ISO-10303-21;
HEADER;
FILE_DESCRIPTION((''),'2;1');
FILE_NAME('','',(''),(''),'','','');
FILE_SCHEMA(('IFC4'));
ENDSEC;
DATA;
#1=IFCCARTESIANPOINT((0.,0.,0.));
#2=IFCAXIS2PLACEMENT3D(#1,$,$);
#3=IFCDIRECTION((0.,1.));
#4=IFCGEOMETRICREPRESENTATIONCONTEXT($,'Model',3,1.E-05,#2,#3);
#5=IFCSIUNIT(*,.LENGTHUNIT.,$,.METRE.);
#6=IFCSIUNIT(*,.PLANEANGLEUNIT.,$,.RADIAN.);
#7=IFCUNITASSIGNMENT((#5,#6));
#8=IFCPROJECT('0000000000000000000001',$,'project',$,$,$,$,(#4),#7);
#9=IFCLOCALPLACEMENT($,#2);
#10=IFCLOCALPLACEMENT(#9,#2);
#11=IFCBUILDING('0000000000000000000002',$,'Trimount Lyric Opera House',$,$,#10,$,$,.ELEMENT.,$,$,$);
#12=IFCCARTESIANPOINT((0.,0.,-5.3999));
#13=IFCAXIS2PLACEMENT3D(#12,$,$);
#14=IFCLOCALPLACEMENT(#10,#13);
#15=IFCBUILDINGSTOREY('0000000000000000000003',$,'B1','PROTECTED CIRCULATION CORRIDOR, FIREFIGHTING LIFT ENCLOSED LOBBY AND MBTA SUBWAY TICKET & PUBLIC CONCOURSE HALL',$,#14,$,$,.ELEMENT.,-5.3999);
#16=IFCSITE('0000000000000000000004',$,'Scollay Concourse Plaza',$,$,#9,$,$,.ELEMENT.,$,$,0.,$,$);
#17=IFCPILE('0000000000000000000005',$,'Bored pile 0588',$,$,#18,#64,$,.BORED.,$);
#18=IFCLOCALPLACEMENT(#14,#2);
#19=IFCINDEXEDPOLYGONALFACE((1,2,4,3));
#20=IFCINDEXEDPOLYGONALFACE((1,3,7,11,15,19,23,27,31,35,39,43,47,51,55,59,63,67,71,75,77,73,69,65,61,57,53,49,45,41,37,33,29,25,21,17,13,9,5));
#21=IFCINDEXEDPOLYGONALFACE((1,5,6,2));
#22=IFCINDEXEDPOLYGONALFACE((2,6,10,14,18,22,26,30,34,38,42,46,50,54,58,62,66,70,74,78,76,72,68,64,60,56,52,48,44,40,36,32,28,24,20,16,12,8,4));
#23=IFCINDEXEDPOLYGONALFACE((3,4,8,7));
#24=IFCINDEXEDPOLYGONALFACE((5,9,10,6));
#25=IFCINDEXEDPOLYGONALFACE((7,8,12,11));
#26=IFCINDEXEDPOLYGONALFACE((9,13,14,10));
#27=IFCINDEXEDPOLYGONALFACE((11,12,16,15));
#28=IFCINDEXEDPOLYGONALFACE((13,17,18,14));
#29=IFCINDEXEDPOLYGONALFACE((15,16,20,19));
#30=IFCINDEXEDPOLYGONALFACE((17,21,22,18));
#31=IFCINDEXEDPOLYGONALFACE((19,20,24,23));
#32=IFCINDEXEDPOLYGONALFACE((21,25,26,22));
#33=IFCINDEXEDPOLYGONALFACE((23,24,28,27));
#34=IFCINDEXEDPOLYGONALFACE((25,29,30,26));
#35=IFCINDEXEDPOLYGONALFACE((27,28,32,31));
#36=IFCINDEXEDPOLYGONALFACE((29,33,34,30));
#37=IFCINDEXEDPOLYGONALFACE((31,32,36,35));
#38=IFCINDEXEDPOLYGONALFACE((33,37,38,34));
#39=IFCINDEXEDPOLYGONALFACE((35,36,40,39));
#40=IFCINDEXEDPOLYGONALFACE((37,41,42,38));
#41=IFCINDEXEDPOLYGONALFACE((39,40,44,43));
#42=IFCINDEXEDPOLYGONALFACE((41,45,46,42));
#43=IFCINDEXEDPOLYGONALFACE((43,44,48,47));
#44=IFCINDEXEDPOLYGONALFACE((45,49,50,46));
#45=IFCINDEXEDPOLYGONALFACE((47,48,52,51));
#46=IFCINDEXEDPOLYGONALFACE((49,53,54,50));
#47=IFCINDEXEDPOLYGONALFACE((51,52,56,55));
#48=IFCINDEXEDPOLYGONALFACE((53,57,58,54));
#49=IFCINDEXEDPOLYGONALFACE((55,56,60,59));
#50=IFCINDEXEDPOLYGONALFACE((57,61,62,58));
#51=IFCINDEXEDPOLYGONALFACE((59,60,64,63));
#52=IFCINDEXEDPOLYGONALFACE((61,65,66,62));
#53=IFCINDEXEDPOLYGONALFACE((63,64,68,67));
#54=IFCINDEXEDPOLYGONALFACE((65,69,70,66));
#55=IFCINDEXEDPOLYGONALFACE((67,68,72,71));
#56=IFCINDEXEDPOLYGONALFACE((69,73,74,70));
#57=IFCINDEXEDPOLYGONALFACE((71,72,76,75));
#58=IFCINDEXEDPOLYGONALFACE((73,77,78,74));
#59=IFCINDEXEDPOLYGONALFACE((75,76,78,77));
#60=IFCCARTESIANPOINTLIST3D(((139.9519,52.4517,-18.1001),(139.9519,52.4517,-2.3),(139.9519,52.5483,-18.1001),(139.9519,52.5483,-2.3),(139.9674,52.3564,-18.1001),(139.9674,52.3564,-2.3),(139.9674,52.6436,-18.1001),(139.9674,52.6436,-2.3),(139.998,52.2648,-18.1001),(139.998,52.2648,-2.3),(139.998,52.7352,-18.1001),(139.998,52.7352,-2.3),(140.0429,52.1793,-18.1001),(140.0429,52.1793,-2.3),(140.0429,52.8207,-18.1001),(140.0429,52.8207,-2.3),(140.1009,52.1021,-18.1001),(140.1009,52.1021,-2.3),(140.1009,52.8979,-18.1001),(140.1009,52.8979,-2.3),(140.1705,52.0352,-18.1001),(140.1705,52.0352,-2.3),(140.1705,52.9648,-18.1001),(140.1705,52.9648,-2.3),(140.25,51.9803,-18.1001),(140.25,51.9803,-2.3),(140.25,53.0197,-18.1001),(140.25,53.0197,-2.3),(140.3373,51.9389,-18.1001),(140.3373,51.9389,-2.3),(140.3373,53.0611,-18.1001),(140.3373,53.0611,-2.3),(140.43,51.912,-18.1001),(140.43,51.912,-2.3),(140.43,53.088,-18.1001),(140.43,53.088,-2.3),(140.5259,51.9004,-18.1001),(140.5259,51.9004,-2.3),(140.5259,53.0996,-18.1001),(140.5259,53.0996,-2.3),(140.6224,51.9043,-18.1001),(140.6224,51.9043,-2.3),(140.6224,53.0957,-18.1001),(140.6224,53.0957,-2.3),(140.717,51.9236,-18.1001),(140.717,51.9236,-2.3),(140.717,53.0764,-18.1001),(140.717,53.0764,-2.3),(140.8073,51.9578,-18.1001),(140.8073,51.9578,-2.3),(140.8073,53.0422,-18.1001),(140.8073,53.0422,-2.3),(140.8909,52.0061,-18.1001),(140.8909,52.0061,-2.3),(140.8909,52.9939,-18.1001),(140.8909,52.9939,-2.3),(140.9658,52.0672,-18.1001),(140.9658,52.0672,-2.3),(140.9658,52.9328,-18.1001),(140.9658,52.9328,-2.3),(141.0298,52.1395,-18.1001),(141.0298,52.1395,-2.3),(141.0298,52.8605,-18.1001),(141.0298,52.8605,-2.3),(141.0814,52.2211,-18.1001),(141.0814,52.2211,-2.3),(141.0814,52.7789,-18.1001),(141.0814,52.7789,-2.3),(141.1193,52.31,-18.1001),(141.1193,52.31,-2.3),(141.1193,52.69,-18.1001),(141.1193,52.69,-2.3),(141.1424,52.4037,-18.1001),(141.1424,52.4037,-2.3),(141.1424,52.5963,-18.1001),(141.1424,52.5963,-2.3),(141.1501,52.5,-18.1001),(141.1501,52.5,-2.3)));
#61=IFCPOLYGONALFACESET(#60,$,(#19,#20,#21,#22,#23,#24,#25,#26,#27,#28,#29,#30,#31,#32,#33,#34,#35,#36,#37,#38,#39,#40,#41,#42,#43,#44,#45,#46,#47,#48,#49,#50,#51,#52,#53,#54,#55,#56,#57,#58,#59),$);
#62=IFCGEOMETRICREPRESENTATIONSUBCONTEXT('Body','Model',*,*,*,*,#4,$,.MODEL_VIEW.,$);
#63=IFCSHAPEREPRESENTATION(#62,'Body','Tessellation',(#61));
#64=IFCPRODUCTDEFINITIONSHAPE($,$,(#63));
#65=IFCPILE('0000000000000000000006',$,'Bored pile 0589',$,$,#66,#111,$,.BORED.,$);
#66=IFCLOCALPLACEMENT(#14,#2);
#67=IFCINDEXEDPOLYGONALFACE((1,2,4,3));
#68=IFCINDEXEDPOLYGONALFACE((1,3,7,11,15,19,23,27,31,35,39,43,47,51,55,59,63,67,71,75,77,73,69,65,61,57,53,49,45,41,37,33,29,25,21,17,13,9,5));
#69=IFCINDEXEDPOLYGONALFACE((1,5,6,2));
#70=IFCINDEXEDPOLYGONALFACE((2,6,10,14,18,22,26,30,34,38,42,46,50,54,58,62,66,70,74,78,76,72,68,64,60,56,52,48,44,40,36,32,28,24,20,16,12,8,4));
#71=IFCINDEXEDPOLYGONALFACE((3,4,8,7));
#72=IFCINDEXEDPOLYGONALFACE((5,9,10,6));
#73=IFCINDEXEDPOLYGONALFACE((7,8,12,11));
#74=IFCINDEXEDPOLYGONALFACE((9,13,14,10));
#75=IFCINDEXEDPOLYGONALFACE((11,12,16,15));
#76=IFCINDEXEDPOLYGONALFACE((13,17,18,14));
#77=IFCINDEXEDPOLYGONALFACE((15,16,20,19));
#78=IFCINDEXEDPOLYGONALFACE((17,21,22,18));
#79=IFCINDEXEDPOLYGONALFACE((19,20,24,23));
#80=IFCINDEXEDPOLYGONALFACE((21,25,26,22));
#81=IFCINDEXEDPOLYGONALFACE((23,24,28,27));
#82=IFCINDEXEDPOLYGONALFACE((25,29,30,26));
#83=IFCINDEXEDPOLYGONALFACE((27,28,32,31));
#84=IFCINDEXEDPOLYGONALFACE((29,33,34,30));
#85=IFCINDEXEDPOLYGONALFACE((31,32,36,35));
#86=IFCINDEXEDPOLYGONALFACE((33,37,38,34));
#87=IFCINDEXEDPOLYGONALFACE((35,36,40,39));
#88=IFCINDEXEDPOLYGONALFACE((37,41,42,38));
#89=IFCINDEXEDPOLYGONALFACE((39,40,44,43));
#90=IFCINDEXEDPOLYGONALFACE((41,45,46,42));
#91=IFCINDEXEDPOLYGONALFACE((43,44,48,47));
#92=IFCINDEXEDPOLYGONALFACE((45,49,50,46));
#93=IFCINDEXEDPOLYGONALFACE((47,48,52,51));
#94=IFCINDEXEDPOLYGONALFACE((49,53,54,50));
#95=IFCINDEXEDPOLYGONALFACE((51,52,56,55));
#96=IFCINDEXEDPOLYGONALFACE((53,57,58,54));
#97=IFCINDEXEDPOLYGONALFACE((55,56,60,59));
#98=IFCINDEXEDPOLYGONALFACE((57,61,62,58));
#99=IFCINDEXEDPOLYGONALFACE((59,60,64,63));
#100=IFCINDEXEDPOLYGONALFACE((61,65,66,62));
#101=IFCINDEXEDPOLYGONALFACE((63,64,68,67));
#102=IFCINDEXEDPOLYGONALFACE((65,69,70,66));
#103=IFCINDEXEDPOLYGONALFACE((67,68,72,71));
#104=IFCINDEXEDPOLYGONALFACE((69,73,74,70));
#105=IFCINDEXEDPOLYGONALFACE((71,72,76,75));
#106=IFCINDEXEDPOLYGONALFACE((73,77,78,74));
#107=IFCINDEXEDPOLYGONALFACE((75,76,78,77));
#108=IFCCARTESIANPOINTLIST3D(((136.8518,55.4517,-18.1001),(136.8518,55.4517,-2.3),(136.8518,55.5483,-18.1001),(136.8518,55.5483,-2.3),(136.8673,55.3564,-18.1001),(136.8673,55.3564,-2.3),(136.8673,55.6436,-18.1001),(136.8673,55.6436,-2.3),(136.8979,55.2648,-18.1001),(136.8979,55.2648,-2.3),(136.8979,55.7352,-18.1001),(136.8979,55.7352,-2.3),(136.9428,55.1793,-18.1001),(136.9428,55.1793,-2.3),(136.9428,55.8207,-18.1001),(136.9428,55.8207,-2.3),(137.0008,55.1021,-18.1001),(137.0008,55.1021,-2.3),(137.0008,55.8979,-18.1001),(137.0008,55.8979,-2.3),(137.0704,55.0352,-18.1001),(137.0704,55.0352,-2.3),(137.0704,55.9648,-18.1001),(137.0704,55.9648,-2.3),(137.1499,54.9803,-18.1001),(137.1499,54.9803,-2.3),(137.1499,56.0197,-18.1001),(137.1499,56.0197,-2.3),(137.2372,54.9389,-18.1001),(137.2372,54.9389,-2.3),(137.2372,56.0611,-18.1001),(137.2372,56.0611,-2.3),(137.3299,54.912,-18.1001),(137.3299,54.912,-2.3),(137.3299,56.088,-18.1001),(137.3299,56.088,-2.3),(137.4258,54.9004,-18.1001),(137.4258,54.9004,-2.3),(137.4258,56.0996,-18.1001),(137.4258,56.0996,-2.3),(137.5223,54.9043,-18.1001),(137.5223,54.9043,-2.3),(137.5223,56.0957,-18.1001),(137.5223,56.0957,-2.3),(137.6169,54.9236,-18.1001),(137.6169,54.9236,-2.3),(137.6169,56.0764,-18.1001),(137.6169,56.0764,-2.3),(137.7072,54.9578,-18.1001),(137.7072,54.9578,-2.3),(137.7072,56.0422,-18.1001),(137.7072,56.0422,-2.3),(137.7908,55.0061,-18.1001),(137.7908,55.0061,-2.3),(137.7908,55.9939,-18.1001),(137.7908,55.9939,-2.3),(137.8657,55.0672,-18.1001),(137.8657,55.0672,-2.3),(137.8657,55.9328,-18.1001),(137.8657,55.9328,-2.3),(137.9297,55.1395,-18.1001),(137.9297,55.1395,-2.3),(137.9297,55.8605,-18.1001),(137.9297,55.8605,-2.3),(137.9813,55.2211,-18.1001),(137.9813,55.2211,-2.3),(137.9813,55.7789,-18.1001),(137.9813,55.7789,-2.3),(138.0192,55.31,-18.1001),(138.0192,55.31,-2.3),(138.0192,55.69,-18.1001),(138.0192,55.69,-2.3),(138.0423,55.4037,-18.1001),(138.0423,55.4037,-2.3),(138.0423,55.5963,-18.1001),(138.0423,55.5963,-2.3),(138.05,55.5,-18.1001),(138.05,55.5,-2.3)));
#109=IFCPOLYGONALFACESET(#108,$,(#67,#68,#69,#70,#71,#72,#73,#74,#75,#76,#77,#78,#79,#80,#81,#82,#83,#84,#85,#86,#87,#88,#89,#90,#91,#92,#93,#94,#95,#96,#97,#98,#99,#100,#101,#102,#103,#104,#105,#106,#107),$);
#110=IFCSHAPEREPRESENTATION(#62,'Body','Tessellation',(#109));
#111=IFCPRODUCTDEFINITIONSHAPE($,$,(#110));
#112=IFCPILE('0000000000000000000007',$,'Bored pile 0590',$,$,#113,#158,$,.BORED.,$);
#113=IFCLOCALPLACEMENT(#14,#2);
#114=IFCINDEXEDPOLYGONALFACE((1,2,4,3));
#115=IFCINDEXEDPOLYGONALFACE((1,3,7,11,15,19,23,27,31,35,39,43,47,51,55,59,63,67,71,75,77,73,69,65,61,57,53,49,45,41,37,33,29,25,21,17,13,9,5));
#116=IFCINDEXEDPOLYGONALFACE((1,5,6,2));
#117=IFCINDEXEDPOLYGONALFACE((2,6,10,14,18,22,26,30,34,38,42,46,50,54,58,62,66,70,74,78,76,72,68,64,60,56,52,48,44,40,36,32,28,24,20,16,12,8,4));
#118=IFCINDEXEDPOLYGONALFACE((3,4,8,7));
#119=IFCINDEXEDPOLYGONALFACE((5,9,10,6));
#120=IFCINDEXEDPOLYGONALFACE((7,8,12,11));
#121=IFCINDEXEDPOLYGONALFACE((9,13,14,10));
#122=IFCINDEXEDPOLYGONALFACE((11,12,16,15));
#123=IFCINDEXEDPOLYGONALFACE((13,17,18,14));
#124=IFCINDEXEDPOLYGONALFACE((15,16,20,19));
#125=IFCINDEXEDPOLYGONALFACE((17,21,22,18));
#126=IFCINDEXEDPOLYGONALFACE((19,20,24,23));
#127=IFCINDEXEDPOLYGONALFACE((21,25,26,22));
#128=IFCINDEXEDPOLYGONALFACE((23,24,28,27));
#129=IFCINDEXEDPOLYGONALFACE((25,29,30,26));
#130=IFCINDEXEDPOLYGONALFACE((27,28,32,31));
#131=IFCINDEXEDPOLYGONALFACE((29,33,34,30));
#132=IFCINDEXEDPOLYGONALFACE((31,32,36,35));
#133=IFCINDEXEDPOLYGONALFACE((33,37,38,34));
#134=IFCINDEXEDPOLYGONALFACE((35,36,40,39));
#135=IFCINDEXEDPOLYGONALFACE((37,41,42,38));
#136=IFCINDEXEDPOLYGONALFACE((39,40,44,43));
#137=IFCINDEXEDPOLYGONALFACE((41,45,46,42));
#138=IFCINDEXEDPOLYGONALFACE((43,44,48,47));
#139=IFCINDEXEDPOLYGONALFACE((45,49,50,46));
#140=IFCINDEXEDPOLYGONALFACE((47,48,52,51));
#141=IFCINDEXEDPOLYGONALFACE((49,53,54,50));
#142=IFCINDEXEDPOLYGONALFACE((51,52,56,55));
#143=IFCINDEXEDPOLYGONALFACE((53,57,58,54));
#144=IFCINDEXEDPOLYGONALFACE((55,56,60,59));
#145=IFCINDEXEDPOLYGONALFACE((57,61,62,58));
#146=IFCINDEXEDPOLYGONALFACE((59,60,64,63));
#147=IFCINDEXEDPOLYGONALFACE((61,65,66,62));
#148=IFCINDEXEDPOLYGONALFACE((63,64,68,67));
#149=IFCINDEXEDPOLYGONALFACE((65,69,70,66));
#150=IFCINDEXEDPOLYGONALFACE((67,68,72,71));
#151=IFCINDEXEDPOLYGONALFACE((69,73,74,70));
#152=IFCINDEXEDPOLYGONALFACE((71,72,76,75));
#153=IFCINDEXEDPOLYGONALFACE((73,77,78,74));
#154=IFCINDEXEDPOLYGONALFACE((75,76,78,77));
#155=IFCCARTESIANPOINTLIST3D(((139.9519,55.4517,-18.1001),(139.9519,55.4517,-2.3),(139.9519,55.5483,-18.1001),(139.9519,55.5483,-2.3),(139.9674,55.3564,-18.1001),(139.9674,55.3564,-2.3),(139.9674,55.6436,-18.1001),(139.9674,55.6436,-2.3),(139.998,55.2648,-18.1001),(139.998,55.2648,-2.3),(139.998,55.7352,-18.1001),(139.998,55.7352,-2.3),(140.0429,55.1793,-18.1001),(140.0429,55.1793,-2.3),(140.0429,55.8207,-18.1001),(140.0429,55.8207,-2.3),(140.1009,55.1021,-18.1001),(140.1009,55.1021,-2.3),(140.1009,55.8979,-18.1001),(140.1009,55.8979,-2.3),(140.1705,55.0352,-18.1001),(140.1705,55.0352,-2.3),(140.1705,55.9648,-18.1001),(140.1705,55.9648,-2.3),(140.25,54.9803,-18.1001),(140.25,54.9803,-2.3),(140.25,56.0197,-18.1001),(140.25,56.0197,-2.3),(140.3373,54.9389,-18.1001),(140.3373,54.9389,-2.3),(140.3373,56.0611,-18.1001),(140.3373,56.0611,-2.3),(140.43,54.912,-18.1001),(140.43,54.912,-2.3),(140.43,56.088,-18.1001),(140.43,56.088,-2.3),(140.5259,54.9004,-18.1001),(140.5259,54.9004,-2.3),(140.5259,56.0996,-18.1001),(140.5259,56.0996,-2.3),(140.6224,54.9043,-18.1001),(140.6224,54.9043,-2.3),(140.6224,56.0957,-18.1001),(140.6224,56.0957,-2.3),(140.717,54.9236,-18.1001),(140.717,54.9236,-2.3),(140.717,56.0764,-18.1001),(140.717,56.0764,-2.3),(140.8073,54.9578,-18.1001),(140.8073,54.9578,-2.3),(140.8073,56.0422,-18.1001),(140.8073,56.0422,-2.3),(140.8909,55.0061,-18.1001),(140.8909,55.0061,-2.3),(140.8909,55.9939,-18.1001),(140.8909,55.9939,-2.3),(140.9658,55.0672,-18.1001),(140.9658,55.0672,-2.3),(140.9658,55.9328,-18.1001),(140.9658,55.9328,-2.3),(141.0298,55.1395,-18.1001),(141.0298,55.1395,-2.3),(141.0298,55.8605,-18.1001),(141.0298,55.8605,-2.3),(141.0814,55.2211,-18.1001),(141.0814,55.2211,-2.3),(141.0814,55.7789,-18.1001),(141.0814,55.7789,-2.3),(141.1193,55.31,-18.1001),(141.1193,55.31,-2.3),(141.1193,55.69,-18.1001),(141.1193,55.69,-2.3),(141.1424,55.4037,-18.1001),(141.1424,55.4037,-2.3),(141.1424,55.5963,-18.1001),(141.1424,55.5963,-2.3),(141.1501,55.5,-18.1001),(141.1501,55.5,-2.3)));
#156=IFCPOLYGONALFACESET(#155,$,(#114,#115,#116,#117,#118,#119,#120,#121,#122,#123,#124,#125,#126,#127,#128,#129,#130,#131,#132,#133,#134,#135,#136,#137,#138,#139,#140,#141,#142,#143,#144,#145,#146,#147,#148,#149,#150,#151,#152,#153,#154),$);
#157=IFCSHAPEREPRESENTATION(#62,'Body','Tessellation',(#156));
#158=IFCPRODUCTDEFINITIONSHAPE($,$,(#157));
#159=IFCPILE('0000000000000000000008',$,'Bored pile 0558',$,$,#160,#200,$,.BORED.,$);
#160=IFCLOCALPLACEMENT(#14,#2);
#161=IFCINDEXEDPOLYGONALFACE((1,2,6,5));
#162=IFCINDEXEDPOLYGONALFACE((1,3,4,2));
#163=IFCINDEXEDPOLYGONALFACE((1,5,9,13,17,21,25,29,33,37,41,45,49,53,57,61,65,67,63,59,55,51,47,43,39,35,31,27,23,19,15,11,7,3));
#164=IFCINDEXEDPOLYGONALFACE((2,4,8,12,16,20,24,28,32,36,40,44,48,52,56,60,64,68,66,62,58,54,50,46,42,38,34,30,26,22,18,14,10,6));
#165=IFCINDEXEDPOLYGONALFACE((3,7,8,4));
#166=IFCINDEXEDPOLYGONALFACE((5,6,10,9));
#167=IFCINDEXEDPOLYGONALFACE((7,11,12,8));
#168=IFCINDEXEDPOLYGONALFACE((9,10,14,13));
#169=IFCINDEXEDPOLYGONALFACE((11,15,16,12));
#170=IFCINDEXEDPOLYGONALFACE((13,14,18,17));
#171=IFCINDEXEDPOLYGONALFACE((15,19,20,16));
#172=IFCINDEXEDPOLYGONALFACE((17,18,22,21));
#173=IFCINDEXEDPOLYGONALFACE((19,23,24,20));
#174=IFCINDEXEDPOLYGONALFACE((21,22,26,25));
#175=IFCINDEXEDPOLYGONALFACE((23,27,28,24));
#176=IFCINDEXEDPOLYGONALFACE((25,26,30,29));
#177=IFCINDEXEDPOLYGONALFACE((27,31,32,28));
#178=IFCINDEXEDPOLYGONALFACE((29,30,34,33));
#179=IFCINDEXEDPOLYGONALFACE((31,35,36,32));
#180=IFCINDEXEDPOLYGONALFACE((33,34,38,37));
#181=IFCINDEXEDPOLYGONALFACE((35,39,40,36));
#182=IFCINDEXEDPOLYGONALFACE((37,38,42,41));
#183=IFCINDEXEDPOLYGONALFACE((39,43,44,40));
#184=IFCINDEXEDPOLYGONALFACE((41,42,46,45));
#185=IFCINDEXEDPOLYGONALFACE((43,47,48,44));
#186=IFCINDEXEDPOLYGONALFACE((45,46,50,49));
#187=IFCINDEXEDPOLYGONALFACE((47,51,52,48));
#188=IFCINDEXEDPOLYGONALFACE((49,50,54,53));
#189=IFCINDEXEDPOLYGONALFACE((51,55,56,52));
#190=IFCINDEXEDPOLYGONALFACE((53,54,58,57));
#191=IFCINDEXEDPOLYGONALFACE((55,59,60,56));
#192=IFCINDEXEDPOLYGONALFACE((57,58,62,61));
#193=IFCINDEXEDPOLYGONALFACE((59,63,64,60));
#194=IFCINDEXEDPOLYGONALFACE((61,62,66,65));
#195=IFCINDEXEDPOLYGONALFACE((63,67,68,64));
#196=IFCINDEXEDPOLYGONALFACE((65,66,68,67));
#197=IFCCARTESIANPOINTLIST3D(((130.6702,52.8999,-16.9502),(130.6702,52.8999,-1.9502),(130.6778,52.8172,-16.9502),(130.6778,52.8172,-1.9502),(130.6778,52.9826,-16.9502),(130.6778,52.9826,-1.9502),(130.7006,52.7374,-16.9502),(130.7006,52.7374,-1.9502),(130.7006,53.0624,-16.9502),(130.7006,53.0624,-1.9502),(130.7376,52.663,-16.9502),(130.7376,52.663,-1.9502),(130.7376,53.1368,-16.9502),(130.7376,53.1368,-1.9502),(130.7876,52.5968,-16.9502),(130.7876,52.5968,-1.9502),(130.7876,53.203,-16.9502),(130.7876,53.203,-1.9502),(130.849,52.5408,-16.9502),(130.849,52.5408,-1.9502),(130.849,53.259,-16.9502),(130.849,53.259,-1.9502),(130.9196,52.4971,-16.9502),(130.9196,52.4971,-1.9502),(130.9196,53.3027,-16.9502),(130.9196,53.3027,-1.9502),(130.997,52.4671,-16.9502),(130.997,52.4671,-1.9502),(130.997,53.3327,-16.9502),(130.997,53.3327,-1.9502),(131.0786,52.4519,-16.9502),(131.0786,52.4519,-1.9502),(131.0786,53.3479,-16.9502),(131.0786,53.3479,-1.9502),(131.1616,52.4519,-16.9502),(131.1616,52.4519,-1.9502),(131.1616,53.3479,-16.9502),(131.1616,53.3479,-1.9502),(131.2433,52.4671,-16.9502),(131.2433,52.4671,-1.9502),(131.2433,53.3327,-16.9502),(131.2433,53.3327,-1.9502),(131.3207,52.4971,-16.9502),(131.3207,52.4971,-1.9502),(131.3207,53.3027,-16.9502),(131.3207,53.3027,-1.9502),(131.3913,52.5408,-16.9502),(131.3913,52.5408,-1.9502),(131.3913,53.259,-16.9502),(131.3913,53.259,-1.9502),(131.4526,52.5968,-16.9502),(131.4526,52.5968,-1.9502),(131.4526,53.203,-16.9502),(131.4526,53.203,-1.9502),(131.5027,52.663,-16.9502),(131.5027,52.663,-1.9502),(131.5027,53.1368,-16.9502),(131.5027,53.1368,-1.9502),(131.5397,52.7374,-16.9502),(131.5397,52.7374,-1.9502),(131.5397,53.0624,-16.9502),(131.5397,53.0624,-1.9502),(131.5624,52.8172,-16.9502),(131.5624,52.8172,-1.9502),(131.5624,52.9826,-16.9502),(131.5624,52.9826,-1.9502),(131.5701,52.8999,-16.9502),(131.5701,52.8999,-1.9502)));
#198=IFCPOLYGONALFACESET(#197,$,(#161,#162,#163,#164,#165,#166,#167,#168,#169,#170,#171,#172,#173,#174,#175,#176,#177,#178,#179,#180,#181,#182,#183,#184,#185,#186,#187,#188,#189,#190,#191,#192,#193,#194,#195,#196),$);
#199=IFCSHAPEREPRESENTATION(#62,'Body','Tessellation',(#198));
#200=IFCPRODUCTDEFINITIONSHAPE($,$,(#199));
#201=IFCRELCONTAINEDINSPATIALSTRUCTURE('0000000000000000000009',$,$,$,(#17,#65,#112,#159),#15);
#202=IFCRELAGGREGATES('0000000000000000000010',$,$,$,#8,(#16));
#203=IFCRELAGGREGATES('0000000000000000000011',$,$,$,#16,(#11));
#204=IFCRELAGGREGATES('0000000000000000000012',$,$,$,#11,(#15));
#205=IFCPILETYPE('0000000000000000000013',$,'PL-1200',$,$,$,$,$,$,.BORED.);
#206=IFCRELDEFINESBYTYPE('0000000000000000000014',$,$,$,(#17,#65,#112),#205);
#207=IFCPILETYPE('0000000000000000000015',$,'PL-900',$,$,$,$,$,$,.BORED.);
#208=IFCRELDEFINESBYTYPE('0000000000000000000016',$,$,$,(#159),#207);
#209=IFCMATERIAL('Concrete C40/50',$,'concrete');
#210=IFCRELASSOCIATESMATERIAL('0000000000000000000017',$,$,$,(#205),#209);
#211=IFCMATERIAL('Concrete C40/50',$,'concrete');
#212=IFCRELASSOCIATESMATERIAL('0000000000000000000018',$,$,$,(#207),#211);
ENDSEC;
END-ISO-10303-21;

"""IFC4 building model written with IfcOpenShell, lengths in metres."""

from ifc_helpers import new_model, si_unit, direction, frame, origin, origin_2d, place, context, subcontext, project, spatial, circle, extrude, material, material_profile, profile_set, type_object, element, save


model = new_model("IFC4")

# Units and contexts
model_context = context("Model", 3, precision=1e-05, world=origin(), true_north=direction((0.0, 1.0)))
body_context = subcontext(model_context, "Body", "Model", "MODEL_VIEW")
ifc_project = project(units=[si_unit("LENGTHUNIT", "METRE"), si_unit("PLANEANGLEUNIT", "RADIAN")], contexts=[model_context])

# Site, building, storey
site_placement = place(None, origin())
site = spatial("IfcSite", under=ifc_project, at=site_placement, Name="Scollay Concourse Plaza", CompositionType="ELEMENT", RefElevation=0.0)
building_placement = place(site_placement, origin())
building = spatial("IfcBuilding", under=site, at=building_placement, Name="Trimount Lyric Opera House", CompositionType="ELEMENT")
storey_placement = place(building_placement, frame((0.0, 0.0, -5.3999)))
storey = spatial("IfcBuildingStorey", under=building, at=storey_placement, Name="B1", Description="PROTECTED CIRCULATION CORRIDOR, FIREFIGHTING LIFT ENCLOSED LOBBY AND MBTA SUBWAY TICKET & PUBLIC CONCOURSE HALL", CompositionType="ELEMENT", Elevation=-5.3999)

# Piles
ifc_material_1 = material(Name="Concrete C40/50", Category="concrete")
ifc_material_profile_1 = material_profile(ifc_material_1, circle(Radius=0.6001, at=origin_2d()), Name="PILE-D1200")
ifc_profile_set_1 = profile_set([ifc_material_profile_1], Name="Concrete C40/50")
pile_type_1 = type_object("IfcPileType", Name="PL-1200", PredefinedType="BORED", material=ifc_profile_set_1)
for number, where, z_axis, x_axis, name in (
    (1, (140.55, 52.5, -2.3), (0.0, 0.0, -1.0), (1.0, 0.0, 0.0), "Bored pile 0588"),
    (2, (137.45, 55.5, -2.3), (0.0, 0.0, -1.0), (1.0, 0.0, 0.0), "Bored pile 0589"),
    (3, (140.55, 55.5, -2.3), (0.0, 0.0, -1.0), (1.0, 0.0, 0.0), "Bored pile 0590"),
):
    element("IfcPile", number, at=place(storey_placement, frame(where, z_axis=z_axis, x_axis=x_axis)), inside=storey, type_object=pile_type_1, Name=name, PredefinedType="BORED", context=body_context, shape_type="SweptSolid", body=[
        extrude(circle(Radius=0.6001, at=origin_2d()), origin(), (0.0, 0.0, 1.0), 15.8),
    ])
ifc_material_2 = material(Name="Concrete C40/50", Category="concrete")
ifc_material_profile_2 = material_profile(ifc_material_2, circle(Radius=0.45, at=origin_2d()), Name="PILE-D900")
ifc_profile_set_2 = profile_set([ifc_material_profile_2], Name="Concrete C40/50")
pile_type_2 = type_object("IfcPileType", Name="PL-900", PredefinedType="BORED", material=ifc_profile_set_2)
for number, where, z_axis, x_axis, name in (
    (4, (131.1201, 52.8999, -1.9502), (0.0, 0.0, -1.0), (1.0, 0.0, 0.0), "Bored pile 0558"),
):
    element("IfcPile", number, at=place(storey_placement, frame(where, z_axis=z_axis, x_axis=x_axis)), inside=storey, type_object=pile_type_2, Name=name, PredefinedType="BORED", context=body_context, shape_type="SweptSolid", body=[
        extrude(circle(Radius=0.45, at=origin_2d()), origin(), (0.0, 0.0, 1.0), 15.0),
    ])

save(model, "model.ifc")
